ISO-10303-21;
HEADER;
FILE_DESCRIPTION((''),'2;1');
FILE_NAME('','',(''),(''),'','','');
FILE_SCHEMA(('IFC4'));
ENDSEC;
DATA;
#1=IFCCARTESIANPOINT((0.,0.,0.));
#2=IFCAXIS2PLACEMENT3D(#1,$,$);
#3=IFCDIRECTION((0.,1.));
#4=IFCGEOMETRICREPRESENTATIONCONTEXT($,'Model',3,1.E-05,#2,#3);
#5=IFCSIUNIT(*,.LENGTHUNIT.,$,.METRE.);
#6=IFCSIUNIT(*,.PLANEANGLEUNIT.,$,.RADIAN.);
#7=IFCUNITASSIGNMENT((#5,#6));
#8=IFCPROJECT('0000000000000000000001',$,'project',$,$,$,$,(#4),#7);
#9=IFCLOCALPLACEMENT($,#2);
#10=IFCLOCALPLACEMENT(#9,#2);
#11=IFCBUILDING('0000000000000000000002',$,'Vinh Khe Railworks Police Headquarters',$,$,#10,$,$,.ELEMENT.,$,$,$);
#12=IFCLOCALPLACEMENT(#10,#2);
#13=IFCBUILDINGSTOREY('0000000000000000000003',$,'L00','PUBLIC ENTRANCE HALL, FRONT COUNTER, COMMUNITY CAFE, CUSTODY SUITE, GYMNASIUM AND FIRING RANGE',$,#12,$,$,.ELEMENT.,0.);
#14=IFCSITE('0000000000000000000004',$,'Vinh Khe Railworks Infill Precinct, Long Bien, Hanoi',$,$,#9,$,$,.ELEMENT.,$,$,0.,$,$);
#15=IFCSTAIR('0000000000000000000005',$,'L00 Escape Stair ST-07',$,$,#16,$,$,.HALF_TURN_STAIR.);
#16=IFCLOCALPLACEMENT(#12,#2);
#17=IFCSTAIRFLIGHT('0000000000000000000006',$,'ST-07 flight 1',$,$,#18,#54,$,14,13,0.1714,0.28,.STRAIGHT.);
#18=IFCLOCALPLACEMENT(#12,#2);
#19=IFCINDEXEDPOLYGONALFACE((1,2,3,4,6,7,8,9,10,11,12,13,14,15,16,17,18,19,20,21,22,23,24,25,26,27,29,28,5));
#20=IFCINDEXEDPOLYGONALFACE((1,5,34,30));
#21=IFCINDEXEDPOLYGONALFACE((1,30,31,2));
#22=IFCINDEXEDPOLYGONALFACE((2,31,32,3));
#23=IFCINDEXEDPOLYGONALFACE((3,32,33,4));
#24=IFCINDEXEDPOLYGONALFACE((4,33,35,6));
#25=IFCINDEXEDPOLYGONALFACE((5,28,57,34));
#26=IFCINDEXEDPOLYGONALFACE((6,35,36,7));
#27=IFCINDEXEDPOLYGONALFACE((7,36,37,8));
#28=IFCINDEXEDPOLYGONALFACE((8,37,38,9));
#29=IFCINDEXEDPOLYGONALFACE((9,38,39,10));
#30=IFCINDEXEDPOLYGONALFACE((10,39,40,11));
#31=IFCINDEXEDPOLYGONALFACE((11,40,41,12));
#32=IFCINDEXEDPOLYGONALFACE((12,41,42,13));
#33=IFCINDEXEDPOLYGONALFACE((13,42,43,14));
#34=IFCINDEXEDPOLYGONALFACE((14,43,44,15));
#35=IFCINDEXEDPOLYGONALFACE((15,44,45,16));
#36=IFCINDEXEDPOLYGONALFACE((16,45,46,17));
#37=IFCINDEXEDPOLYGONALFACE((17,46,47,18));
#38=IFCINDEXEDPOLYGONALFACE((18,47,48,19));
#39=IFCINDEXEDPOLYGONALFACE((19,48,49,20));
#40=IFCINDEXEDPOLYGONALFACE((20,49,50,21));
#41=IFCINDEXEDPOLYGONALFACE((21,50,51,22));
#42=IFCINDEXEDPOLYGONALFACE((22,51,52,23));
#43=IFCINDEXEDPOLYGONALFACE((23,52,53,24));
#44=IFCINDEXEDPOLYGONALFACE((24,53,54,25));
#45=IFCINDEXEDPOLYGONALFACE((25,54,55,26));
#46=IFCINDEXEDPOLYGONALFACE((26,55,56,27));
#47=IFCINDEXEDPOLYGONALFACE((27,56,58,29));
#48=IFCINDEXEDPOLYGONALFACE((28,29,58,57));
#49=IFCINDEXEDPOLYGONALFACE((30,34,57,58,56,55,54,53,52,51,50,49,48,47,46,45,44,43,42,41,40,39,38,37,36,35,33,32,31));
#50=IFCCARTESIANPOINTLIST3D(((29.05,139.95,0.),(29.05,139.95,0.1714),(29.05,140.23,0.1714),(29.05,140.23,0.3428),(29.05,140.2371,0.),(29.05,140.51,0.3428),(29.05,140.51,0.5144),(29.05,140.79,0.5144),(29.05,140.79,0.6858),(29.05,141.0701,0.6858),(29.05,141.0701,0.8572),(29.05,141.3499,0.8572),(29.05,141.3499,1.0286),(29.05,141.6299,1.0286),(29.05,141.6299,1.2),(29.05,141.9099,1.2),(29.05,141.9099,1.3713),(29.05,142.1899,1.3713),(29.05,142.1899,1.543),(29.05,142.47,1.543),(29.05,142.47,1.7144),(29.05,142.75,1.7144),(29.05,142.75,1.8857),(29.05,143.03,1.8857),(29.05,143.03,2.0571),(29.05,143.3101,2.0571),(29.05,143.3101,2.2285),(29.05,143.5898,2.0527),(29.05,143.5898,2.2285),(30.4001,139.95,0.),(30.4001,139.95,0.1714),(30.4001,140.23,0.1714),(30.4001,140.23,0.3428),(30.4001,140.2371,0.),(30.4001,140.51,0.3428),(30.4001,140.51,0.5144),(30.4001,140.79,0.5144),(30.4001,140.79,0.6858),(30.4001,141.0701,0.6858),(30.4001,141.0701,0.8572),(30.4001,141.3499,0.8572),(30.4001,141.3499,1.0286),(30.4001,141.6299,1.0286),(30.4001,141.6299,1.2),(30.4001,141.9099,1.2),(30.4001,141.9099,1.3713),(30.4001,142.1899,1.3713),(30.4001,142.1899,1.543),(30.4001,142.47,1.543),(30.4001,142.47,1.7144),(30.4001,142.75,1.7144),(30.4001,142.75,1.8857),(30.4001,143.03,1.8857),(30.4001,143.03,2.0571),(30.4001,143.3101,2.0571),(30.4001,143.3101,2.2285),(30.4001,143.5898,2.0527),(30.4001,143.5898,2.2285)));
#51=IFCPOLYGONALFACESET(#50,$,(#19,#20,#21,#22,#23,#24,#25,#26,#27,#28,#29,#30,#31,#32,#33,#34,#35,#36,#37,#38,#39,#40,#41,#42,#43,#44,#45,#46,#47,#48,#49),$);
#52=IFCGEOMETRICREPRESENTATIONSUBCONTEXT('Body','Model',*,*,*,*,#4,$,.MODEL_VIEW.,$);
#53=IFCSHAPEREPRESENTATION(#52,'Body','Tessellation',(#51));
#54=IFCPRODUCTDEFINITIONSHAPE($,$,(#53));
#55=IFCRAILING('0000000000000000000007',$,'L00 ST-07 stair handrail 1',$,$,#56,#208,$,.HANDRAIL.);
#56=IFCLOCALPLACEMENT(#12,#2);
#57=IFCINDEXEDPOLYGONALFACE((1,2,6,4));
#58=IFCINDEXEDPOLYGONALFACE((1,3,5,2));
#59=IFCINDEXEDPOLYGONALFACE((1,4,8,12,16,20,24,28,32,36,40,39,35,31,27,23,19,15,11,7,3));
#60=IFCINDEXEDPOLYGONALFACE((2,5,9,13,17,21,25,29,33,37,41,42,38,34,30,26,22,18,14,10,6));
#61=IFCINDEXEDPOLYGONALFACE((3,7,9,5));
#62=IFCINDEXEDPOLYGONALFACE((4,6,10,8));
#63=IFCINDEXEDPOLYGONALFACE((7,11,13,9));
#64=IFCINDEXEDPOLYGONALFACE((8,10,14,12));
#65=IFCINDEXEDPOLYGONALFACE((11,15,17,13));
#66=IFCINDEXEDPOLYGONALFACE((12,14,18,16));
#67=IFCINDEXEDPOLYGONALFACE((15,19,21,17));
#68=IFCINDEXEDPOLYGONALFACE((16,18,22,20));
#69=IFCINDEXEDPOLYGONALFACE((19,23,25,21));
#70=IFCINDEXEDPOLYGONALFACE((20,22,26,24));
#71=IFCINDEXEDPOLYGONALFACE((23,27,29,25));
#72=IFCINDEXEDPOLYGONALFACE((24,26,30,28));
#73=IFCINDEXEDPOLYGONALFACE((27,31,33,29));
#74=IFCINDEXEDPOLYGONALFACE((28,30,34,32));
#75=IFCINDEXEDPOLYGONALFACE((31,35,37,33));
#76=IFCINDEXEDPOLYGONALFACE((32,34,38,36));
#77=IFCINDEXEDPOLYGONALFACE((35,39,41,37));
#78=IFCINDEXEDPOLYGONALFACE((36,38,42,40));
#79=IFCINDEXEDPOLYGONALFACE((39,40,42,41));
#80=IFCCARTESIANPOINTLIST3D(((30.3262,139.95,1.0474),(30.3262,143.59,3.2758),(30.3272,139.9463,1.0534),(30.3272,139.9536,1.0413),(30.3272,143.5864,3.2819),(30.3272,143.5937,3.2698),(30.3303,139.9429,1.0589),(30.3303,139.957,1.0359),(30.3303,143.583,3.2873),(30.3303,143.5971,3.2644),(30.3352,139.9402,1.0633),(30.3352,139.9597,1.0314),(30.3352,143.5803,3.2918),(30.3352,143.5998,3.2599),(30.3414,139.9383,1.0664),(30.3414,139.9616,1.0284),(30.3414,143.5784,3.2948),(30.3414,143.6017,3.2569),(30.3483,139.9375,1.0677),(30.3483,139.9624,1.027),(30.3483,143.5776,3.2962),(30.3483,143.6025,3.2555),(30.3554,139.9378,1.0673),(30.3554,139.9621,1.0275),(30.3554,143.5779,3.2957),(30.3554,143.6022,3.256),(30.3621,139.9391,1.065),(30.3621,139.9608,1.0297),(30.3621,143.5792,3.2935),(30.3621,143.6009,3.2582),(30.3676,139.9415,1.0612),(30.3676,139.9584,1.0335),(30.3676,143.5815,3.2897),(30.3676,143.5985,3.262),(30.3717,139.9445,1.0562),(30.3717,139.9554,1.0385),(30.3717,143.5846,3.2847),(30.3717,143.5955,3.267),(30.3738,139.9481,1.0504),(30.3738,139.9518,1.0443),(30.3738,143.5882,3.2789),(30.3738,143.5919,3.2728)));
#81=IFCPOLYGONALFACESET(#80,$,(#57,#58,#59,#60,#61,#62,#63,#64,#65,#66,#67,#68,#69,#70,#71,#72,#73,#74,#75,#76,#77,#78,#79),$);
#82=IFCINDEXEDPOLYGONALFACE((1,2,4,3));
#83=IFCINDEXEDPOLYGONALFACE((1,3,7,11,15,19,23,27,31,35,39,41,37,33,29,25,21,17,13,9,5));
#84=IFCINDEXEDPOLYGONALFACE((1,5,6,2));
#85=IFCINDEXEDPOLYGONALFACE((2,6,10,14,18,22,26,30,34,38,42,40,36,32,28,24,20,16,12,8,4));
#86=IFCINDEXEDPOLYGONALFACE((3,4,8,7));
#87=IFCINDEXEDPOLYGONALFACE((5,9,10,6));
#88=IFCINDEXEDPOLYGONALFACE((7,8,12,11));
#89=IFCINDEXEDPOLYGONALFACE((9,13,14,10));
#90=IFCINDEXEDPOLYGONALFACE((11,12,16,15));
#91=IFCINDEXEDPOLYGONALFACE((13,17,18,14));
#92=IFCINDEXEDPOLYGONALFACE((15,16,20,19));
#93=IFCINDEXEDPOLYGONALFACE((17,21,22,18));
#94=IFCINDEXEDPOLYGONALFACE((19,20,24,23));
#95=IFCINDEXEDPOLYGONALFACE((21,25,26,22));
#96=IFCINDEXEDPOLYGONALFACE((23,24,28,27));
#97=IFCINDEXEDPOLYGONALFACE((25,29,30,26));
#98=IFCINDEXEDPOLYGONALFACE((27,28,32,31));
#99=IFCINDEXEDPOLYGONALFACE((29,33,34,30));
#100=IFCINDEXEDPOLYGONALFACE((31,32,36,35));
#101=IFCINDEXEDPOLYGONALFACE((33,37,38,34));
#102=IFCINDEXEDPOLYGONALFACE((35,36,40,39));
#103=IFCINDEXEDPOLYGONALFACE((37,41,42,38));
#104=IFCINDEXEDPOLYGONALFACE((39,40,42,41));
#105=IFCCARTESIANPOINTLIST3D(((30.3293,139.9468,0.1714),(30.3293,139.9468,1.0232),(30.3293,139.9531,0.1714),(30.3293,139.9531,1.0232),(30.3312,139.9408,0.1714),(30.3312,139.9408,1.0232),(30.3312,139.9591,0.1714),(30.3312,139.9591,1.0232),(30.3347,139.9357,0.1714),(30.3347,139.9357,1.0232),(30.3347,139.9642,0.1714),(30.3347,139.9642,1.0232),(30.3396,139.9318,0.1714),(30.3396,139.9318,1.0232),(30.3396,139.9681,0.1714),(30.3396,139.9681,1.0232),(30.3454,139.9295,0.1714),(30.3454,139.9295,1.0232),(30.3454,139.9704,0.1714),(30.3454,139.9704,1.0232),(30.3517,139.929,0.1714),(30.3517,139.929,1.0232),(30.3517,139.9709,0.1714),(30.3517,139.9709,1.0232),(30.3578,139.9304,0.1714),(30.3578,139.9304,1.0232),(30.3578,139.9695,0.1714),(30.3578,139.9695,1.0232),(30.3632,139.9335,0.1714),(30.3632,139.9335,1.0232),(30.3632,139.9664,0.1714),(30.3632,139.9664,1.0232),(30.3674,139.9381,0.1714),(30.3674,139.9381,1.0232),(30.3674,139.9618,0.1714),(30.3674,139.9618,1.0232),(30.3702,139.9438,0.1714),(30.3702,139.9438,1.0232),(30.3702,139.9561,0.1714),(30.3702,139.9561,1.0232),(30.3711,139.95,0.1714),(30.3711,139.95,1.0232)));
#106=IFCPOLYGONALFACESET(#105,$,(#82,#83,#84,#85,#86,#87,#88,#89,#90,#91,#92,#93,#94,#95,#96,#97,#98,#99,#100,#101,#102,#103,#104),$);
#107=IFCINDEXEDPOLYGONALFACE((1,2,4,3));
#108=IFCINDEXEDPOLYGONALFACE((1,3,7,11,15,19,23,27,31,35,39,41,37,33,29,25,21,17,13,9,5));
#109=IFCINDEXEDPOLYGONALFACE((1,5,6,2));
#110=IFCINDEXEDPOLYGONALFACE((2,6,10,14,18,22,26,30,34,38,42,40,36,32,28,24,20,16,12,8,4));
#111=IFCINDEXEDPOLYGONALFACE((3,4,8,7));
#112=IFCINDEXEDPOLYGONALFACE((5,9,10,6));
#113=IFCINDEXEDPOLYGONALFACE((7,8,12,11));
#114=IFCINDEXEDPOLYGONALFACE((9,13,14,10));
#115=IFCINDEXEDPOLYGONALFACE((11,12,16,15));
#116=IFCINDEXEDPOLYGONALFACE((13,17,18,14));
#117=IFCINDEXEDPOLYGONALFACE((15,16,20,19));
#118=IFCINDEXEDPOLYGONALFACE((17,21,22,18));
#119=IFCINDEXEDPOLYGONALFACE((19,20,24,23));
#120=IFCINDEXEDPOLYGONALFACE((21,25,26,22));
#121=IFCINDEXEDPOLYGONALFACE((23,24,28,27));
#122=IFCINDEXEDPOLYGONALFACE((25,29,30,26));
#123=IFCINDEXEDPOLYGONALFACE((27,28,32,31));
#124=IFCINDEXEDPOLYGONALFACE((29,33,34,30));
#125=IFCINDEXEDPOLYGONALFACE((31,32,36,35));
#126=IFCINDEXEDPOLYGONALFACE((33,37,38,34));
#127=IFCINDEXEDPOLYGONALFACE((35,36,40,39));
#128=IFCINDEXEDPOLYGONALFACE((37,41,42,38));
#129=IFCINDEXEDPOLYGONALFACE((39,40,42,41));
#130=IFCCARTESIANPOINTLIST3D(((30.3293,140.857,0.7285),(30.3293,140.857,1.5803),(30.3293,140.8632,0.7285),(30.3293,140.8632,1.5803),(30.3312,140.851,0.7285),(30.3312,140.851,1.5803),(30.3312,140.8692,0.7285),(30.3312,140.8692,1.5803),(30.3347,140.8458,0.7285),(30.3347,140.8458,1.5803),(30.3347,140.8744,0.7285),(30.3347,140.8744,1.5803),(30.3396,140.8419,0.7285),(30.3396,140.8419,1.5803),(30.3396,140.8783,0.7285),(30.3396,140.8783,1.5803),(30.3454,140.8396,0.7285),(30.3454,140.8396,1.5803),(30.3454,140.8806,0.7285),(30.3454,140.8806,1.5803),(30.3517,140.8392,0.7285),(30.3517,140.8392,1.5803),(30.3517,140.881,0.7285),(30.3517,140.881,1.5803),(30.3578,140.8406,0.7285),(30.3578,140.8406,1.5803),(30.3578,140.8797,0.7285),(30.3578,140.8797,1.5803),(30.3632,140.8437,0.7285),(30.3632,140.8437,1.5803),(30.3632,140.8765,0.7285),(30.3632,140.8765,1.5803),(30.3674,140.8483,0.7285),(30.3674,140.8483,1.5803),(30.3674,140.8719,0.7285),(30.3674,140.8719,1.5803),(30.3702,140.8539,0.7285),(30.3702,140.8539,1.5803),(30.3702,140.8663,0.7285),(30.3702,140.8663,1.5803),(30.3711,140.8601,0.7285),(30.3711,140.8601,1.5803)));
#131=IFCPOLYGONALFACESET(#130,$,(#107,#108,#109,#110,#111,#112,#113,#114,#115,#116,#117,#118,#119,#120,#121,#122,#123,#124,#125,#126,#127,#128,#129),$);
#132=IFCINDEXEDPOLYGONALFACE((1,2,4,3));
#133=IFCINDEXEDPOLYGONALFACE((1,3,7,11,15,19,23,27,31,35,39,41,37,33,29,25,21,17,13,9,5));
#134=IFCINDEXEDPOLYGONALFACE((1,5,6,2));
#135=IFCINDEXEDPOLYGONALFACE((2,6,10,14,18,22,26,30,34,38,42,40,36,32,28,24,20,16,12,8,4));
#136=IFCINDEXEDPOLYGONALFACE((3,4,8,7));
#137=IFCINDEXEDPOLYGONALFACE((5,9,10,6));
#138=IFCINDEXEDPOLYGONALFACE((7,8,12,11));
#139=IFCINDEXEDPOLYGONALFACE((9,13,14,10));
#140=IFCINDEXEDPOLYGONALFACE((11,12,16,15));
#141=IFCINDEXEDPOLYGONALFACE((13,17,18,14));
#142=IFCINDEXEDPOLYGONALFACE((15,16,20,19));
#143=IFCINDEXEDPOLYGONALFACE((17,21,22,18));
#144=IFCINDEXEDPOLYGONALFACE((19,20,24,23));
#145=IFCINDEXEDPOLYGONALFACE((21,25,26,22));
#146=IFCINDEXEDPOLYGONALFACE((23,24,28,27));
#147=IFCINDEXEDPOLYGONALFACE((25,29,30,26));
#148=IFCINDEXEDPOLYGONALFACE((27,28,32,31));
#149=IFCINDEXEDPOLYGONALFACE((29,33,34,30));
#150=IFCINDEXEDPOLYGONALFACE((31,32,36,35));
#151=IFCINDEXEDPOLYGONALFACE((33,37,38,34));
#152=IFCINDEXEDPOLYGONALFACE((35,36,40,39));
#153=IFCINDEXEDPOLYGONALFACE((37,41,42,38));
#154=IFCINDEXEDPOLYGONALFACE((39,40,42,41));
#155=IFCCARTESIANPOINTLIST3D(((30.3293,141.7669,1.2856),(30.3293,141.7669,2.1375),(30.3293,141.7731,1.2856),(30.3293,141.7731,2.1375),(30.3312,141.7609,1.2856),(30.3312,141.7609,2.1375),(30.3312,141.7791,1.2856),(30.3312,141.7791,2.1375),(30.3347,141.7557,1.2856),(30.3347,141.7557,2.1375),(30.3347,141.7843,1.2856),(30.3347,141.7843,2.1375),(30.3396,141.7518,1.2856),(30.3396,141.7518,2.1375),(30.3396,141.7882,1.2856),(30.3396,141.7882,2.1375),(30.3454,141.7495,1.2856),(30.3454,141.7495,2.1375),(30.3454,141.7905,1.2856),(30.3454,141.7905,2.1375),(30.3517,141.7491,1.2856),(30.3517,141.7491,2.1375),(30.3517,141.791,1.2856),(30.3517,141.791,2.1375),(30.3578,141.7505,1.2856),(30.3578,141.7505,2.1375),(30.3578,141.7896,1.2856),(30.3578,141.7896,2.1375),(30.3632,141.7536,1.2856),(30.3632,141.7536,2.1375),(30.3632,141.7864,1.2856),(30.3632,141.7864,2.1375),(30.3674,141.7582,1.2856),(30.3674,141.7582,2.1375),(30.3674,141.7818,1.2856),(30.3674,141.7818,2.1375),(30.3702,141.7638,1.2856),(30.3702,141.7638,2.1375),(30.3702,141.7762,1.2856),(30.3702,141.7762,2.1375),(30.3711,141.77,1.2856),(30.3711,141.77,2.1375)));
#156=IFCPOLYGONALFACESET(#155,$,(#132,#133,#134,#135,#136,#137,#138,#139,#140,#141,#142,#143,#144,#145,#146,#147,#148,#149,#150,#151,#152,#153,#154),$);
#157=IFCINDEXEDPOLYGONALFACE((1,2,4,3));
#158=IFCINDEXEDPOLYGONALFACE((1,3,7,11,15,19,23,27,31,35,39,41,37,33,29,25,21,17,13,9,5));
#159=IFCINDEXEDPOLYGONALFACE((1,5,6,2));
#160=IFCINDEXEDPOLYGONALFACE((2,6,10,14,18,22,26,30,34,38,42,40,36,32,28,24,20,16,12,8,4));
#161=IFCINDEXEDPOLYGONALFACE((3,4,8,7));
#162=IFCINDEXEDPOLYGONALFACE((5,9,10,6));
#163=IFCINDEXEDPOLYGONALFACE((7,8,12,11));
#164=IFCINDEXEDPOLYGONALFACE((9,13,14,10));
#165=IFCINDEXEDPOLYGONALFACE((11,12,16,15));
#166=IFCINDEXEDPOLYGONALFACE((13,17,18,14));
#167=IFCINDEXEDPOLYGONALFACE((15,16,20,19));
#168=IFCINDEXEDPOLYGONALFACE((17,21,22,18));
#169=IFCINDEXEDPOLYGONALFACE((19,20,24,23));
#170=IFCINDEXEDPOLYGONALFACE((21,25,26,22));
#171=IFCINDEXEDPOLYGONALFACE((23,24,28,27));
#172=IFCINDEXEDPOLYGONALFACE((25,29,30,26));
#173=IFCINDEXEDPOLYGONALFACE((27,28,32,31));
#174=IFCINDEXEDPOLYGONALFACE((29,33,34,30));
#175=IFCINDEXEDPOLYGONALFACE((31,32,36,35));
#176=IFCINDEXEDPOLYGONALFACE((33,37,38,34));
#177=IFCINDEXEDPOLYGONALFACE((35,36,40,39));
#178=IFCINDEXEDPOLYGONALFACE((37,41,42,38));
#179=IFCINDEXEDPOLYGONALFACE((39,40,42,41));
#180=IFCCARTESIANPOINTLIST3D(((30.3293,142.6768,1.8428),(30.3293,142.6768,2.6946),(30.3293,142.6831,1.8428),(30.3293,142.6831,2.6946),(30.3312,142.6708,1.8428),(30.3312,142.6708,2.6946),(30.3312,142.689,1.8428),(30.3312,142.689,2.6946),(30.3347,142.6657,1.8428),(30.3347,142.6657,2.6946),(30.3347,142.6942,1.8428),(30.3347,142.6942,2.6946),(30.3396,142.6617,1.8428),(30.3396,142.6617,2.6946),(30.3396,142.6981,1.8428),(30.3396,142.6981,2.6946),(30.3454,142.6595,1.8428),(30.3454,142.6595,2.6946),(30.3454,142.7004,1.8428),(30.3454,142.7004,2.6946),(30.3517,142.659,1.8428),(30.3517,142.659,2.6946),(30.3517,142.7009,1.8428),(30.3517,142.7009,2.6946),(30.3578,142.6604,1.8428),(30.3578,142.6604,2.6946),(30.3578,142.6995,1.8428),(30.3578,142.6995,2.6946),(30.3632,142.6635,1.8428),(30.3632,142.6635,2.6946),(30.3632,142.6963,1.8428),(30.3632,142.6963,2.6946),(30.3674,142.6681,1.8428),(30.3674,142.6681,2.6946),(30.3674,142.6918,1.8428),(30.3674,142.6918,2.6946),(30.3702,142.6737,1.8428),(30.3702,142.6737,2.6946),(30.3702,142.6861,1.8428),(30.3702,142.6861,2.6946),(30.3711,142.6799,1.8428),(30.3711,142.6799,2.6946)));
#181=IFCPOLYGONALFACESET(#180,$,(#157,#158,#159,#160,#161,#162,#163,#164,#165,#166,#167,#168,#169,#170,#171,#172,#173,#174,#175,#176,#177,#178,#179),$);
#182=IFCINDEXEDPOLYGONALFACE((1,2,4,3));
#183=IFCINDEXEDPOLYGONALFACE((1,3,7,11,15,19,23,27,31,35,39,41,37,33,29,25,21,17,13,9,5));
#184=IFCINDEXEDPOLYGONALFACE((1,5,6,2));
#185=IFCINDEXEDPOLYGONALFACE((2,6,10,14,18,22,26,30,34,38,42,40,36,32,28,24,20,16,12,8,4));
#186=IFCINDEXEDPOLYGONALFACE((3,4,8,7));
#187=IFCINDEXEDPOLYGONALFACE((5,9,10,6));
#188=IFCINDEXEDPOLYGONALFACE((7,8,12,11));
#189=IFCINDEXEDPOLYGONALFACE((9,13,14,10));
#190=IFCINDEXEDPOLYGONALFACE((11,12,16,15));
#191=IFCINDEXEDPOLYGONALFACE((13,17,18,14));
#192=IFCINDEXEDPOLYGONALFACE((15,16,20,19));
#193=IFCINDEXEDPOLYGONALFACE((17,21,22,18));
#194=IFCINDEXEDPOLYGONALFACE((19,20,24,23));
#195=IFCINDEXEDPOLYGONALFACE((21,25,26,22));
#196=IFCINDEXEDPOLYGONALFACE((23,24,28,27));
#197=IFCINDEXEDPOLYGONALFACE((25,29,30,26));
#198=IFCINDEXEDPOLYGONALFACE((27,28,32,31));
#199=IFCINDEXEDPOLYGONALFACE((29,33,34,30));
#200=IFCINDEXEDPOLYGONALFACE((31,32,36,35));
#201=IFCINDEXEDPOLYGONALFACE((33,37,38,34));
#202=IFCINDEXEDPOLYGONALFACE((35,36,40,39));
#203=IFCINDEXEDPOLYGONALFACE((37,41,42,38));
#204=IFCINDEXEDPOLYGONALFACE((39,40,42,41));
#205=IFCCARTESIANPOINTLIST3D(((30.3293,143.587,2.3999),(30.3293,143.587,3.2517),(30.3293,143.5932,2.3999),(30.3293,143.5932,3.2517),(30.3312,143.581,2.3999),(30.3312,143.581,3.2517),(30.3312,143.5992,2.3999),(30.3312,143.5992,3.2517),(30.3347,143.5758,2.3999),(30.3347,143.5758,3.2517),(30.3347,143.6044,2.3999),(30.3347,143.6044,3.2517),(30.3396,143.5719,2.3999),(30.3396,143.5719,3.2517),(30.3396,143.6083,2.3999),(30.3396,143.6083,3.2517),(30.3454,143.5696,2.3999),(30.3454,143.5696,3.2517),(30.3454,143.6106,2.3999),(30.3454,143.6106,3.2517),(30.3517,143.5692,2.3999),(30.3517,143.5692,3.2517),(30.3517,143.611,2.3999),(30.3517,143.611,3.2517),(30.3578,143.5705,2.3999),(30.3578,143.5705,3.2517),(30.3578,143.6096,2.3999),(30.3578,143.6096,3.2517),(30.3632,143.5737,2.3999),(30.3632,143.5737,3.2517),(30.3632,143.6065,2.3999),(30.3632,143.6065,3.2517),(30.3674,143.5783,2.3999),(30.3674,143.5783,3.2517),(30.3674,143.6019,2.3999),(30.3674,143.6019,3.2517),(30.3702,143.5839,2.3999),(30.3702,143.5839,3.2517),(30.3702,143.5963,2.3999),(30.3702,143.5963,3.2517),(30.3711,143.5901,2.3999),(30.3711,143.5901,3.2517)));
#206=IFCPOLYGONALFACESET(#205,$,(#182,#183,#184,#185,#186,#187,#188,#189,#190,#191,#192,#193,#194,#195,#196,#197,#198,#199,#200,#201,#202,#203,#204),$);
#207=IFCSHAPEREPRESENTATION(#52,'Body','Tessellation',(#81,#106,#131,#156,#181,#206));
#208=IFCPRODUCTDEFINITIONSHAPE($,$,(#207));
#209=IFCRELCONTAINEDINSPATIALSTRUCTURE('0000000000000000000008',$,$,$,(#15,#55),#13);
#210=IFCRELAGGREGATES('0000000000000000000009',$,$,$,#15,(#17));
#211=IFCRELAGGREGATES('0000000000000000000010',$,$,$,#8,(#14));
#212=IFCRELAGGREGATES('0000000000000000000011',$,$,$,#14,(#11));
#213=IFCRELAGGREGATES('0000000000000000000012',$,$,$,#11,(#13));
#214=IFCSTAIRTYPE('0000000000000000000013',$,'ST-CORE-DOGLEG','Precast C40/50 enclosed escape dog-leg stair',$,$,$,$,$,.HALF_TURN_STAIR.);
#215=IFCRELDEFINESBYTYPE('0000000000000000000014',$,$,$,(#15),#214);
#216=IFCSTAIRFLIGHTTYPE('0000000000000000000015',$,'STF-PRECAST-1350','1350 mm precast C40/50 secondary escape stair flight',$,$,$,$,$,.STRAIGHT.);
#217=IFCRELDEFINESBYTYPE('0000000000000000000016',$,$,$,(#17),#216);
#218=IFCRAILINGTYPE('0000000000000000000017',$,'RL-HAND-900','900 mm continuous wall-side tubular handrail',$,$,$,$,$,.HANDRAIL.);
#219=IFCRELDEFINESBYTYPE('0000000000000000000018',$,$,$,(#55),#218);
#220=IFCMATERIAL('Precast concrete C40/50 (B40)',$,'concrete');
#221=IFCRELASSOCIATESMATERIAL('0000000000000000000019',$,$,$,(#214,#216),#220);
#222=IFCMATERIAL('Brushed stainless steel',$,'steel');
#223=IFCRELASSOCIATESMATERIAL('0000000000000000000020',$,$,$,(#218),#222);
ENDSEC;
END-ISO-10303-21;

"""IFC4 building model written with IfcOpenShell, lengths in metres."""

from ifc_helpers import new_model, si_unit, direction, frame, origin, origin_2d, place, context, subcontext, project, spatial, polyline, circle, outline, extrude, material, type_object, element, aggregate, save


model = new_model("IFC4")

# Units and contexts
model_context = context("Model", 3, precision=1e-05, world=origin(), true_north=direction((0.0, 1.0)))
body_context = subcontext(model_context, "Body", "Model", "MODEL_VIEW")
ifc_project = project(units=[si_unit("LENGTHUNIT", "METRE"), si_unit("PLANEANGLEUNIT", "RADIAN")], contexts=[model_context])

# Site, building, storey
site_placement = place(None, origin())
site = spatial("IfcSite", under=ifc_project, at=site_placement, Name="Vinh Khe Railworks Infill Precinct, Long Bien, Hanoi", CompositionType="ELEMENT", RefElevation=0.0)
building_placement = place(site_placement, origin())
building = spatial("IfcBuilding", under=site, at=building_placement, Name="Vinh Khe Railworks Police Headquarters", CompositionType="ELEMENT")
storey_placement = place(building_placement, origin())
storey = spatial("IfcBuildingStorey", under=building, at=storey_placement, Name="L00", Description="PUBLIC ENTRANCE HALL, FRONT COUNTER, COMMUNITY CAFE, CUSTODY SUITE, GYMNASIUM AND FIRING RANGE", CompositionType="ELEMENT", Elevation=0.0)

# Stair, stair flight
ifc_material_1 = material(Name="Precast concrete C40/50 (B40)", Category="concrete")
stair_type = type_object("IfcStairType", Name="ST-CORE-DOGLEG", Description="Precast C40/50 enclosed escape dog-leg stair", PredefinedType="HALF_TURN_STAIR", material=ifc_material_1)
stair_placement = place(storey_placement, origin())
stair = element("IfcStair", 1, at=stair_placement, inside=storey, type_object=stair_type, Name="L00 Escape Stair ST-07", PredefinedType="HALF_TURN_STAIR")
stair_flight_type = type_object("IfcStairFlightType", Name="STF-PRECAST-1350", Description="1350 mm precast C40/50 secondary escape stair flight", PredefinedType="STRAIGHT", material=ifc_material_1)
stair_flight_placement = place(storey_placement, frame((29.7251, 139.95, 0.0), z_axis=(0.0, 0.0, 1.0), x_axis=(0.0, 1.0, 0.0)))
stair_flight = element("IfcStairFlight", 2, at=stair_flight_placement, type_object=stair_flight_type, Name="ST-07 flight 1", NumberOfRisers=14, NumberOfTreads=13, PredefinedType="STRAIGHT", RiserHeight=0.1714, TreadLength=0.28, context=body_context, shape_type="SweptSolid", body=[
    extrude(outline(polyline([(0.0, 0.0), (0.0, 0.1714), (0.28, 0.1714), (0.28, 0.3428), (0.5601, 0.3428), (0.5601, 0.5144), (0.8401, 0.5144), (0.8401, 0.6858), (1.1201, 0.6858), (1.1201, 0.8572), (1.3999, 0.8572), (1.3999, 1.0286), (1.6799, 1.0286), (1.6799, 1.2), (1.96, 1.2), (1.96, 1.3713), (2.24, 1.3713), (2.24, 1.543), (2.52, 1.543), (2.52, 1.7144), (2.8, 1.7144), (2.8, 1.8857), (3.0801, 1.8857), (3.0801, 2.0571), (3.3601, 2.0571), (3.3601, 2.2285), (3.6399, 2.2285), (3.6399, 2.3999), (3.6399, 2.0527), (0.2871, 0.0), (0.0, 0.0)])), frame((0.0, 0.675, 0.0), z_axis=(0.0, -1.0, 0.0), x_axis=(1.0, 0.0, 0.0)), (0.0, 0.0, 1.0), 1.3501),
])
aggregate(stair, [stair_flight])

# Railing
ifc_material_2 = material(Name="Brushed stainless steel", Category="steel")
railing_type = type_object("IfcRailingType", Name="RL-HAND-900", Description="900 mm continuous wall-side tubular handrail", PredefinedType="HANDRAIL", material=ifc_material_2)
railing_placement = place(storey_placement, frame((30.3501, 139.95, 0.1714)))
element("IfcRailing", 3, at=railing_placement, inside=storey, type_object=railing_type, Name="L00 ST-07 stair handrail 1", PredefinedType="HANDRAIL", context=body_context, shape_type="SweptSolid", body=[
    extrude(circle(Radius=0.0239, at=origin_2d()), frame((0.0, 0.0, 0.876), z_axis=(0.0, 0.852866, 0.52213), x_axis=(-1.0, 0.0, 0.0)), (0.0, 0.0, 1.0), 4.2681),
    extrude(circle(Radius=0.021, at=origin_2d()), origin(), (0.0, 0.0, 1.0), 0.8518),
    extrude(circle(Radius=0.021, at=origin_2d()), frame((0.0, 0.9102, 0.5571)), (0.0, 0.0, 1.0), 0.8518),
    extrude(circle(Radius=0.021, at=origin_2d()), frame((0.0, 1.8201, 1.1143)), (0.0, 0.0, 1.0), 0.8518),
    extrude(circle(Radius=0.021, at=origin_2d()), frame((0.0, 2.73, 1.6714)), (0.0, 0.0, 1.0), 0.8518),
    extrude(circle(Radius=0.021, at=origin_2d()), frame((0.0, 3.6401, 2.2285)), (0.0, 0.0, 1.0), 0.8518),
])

save(model, "model.ifc")
